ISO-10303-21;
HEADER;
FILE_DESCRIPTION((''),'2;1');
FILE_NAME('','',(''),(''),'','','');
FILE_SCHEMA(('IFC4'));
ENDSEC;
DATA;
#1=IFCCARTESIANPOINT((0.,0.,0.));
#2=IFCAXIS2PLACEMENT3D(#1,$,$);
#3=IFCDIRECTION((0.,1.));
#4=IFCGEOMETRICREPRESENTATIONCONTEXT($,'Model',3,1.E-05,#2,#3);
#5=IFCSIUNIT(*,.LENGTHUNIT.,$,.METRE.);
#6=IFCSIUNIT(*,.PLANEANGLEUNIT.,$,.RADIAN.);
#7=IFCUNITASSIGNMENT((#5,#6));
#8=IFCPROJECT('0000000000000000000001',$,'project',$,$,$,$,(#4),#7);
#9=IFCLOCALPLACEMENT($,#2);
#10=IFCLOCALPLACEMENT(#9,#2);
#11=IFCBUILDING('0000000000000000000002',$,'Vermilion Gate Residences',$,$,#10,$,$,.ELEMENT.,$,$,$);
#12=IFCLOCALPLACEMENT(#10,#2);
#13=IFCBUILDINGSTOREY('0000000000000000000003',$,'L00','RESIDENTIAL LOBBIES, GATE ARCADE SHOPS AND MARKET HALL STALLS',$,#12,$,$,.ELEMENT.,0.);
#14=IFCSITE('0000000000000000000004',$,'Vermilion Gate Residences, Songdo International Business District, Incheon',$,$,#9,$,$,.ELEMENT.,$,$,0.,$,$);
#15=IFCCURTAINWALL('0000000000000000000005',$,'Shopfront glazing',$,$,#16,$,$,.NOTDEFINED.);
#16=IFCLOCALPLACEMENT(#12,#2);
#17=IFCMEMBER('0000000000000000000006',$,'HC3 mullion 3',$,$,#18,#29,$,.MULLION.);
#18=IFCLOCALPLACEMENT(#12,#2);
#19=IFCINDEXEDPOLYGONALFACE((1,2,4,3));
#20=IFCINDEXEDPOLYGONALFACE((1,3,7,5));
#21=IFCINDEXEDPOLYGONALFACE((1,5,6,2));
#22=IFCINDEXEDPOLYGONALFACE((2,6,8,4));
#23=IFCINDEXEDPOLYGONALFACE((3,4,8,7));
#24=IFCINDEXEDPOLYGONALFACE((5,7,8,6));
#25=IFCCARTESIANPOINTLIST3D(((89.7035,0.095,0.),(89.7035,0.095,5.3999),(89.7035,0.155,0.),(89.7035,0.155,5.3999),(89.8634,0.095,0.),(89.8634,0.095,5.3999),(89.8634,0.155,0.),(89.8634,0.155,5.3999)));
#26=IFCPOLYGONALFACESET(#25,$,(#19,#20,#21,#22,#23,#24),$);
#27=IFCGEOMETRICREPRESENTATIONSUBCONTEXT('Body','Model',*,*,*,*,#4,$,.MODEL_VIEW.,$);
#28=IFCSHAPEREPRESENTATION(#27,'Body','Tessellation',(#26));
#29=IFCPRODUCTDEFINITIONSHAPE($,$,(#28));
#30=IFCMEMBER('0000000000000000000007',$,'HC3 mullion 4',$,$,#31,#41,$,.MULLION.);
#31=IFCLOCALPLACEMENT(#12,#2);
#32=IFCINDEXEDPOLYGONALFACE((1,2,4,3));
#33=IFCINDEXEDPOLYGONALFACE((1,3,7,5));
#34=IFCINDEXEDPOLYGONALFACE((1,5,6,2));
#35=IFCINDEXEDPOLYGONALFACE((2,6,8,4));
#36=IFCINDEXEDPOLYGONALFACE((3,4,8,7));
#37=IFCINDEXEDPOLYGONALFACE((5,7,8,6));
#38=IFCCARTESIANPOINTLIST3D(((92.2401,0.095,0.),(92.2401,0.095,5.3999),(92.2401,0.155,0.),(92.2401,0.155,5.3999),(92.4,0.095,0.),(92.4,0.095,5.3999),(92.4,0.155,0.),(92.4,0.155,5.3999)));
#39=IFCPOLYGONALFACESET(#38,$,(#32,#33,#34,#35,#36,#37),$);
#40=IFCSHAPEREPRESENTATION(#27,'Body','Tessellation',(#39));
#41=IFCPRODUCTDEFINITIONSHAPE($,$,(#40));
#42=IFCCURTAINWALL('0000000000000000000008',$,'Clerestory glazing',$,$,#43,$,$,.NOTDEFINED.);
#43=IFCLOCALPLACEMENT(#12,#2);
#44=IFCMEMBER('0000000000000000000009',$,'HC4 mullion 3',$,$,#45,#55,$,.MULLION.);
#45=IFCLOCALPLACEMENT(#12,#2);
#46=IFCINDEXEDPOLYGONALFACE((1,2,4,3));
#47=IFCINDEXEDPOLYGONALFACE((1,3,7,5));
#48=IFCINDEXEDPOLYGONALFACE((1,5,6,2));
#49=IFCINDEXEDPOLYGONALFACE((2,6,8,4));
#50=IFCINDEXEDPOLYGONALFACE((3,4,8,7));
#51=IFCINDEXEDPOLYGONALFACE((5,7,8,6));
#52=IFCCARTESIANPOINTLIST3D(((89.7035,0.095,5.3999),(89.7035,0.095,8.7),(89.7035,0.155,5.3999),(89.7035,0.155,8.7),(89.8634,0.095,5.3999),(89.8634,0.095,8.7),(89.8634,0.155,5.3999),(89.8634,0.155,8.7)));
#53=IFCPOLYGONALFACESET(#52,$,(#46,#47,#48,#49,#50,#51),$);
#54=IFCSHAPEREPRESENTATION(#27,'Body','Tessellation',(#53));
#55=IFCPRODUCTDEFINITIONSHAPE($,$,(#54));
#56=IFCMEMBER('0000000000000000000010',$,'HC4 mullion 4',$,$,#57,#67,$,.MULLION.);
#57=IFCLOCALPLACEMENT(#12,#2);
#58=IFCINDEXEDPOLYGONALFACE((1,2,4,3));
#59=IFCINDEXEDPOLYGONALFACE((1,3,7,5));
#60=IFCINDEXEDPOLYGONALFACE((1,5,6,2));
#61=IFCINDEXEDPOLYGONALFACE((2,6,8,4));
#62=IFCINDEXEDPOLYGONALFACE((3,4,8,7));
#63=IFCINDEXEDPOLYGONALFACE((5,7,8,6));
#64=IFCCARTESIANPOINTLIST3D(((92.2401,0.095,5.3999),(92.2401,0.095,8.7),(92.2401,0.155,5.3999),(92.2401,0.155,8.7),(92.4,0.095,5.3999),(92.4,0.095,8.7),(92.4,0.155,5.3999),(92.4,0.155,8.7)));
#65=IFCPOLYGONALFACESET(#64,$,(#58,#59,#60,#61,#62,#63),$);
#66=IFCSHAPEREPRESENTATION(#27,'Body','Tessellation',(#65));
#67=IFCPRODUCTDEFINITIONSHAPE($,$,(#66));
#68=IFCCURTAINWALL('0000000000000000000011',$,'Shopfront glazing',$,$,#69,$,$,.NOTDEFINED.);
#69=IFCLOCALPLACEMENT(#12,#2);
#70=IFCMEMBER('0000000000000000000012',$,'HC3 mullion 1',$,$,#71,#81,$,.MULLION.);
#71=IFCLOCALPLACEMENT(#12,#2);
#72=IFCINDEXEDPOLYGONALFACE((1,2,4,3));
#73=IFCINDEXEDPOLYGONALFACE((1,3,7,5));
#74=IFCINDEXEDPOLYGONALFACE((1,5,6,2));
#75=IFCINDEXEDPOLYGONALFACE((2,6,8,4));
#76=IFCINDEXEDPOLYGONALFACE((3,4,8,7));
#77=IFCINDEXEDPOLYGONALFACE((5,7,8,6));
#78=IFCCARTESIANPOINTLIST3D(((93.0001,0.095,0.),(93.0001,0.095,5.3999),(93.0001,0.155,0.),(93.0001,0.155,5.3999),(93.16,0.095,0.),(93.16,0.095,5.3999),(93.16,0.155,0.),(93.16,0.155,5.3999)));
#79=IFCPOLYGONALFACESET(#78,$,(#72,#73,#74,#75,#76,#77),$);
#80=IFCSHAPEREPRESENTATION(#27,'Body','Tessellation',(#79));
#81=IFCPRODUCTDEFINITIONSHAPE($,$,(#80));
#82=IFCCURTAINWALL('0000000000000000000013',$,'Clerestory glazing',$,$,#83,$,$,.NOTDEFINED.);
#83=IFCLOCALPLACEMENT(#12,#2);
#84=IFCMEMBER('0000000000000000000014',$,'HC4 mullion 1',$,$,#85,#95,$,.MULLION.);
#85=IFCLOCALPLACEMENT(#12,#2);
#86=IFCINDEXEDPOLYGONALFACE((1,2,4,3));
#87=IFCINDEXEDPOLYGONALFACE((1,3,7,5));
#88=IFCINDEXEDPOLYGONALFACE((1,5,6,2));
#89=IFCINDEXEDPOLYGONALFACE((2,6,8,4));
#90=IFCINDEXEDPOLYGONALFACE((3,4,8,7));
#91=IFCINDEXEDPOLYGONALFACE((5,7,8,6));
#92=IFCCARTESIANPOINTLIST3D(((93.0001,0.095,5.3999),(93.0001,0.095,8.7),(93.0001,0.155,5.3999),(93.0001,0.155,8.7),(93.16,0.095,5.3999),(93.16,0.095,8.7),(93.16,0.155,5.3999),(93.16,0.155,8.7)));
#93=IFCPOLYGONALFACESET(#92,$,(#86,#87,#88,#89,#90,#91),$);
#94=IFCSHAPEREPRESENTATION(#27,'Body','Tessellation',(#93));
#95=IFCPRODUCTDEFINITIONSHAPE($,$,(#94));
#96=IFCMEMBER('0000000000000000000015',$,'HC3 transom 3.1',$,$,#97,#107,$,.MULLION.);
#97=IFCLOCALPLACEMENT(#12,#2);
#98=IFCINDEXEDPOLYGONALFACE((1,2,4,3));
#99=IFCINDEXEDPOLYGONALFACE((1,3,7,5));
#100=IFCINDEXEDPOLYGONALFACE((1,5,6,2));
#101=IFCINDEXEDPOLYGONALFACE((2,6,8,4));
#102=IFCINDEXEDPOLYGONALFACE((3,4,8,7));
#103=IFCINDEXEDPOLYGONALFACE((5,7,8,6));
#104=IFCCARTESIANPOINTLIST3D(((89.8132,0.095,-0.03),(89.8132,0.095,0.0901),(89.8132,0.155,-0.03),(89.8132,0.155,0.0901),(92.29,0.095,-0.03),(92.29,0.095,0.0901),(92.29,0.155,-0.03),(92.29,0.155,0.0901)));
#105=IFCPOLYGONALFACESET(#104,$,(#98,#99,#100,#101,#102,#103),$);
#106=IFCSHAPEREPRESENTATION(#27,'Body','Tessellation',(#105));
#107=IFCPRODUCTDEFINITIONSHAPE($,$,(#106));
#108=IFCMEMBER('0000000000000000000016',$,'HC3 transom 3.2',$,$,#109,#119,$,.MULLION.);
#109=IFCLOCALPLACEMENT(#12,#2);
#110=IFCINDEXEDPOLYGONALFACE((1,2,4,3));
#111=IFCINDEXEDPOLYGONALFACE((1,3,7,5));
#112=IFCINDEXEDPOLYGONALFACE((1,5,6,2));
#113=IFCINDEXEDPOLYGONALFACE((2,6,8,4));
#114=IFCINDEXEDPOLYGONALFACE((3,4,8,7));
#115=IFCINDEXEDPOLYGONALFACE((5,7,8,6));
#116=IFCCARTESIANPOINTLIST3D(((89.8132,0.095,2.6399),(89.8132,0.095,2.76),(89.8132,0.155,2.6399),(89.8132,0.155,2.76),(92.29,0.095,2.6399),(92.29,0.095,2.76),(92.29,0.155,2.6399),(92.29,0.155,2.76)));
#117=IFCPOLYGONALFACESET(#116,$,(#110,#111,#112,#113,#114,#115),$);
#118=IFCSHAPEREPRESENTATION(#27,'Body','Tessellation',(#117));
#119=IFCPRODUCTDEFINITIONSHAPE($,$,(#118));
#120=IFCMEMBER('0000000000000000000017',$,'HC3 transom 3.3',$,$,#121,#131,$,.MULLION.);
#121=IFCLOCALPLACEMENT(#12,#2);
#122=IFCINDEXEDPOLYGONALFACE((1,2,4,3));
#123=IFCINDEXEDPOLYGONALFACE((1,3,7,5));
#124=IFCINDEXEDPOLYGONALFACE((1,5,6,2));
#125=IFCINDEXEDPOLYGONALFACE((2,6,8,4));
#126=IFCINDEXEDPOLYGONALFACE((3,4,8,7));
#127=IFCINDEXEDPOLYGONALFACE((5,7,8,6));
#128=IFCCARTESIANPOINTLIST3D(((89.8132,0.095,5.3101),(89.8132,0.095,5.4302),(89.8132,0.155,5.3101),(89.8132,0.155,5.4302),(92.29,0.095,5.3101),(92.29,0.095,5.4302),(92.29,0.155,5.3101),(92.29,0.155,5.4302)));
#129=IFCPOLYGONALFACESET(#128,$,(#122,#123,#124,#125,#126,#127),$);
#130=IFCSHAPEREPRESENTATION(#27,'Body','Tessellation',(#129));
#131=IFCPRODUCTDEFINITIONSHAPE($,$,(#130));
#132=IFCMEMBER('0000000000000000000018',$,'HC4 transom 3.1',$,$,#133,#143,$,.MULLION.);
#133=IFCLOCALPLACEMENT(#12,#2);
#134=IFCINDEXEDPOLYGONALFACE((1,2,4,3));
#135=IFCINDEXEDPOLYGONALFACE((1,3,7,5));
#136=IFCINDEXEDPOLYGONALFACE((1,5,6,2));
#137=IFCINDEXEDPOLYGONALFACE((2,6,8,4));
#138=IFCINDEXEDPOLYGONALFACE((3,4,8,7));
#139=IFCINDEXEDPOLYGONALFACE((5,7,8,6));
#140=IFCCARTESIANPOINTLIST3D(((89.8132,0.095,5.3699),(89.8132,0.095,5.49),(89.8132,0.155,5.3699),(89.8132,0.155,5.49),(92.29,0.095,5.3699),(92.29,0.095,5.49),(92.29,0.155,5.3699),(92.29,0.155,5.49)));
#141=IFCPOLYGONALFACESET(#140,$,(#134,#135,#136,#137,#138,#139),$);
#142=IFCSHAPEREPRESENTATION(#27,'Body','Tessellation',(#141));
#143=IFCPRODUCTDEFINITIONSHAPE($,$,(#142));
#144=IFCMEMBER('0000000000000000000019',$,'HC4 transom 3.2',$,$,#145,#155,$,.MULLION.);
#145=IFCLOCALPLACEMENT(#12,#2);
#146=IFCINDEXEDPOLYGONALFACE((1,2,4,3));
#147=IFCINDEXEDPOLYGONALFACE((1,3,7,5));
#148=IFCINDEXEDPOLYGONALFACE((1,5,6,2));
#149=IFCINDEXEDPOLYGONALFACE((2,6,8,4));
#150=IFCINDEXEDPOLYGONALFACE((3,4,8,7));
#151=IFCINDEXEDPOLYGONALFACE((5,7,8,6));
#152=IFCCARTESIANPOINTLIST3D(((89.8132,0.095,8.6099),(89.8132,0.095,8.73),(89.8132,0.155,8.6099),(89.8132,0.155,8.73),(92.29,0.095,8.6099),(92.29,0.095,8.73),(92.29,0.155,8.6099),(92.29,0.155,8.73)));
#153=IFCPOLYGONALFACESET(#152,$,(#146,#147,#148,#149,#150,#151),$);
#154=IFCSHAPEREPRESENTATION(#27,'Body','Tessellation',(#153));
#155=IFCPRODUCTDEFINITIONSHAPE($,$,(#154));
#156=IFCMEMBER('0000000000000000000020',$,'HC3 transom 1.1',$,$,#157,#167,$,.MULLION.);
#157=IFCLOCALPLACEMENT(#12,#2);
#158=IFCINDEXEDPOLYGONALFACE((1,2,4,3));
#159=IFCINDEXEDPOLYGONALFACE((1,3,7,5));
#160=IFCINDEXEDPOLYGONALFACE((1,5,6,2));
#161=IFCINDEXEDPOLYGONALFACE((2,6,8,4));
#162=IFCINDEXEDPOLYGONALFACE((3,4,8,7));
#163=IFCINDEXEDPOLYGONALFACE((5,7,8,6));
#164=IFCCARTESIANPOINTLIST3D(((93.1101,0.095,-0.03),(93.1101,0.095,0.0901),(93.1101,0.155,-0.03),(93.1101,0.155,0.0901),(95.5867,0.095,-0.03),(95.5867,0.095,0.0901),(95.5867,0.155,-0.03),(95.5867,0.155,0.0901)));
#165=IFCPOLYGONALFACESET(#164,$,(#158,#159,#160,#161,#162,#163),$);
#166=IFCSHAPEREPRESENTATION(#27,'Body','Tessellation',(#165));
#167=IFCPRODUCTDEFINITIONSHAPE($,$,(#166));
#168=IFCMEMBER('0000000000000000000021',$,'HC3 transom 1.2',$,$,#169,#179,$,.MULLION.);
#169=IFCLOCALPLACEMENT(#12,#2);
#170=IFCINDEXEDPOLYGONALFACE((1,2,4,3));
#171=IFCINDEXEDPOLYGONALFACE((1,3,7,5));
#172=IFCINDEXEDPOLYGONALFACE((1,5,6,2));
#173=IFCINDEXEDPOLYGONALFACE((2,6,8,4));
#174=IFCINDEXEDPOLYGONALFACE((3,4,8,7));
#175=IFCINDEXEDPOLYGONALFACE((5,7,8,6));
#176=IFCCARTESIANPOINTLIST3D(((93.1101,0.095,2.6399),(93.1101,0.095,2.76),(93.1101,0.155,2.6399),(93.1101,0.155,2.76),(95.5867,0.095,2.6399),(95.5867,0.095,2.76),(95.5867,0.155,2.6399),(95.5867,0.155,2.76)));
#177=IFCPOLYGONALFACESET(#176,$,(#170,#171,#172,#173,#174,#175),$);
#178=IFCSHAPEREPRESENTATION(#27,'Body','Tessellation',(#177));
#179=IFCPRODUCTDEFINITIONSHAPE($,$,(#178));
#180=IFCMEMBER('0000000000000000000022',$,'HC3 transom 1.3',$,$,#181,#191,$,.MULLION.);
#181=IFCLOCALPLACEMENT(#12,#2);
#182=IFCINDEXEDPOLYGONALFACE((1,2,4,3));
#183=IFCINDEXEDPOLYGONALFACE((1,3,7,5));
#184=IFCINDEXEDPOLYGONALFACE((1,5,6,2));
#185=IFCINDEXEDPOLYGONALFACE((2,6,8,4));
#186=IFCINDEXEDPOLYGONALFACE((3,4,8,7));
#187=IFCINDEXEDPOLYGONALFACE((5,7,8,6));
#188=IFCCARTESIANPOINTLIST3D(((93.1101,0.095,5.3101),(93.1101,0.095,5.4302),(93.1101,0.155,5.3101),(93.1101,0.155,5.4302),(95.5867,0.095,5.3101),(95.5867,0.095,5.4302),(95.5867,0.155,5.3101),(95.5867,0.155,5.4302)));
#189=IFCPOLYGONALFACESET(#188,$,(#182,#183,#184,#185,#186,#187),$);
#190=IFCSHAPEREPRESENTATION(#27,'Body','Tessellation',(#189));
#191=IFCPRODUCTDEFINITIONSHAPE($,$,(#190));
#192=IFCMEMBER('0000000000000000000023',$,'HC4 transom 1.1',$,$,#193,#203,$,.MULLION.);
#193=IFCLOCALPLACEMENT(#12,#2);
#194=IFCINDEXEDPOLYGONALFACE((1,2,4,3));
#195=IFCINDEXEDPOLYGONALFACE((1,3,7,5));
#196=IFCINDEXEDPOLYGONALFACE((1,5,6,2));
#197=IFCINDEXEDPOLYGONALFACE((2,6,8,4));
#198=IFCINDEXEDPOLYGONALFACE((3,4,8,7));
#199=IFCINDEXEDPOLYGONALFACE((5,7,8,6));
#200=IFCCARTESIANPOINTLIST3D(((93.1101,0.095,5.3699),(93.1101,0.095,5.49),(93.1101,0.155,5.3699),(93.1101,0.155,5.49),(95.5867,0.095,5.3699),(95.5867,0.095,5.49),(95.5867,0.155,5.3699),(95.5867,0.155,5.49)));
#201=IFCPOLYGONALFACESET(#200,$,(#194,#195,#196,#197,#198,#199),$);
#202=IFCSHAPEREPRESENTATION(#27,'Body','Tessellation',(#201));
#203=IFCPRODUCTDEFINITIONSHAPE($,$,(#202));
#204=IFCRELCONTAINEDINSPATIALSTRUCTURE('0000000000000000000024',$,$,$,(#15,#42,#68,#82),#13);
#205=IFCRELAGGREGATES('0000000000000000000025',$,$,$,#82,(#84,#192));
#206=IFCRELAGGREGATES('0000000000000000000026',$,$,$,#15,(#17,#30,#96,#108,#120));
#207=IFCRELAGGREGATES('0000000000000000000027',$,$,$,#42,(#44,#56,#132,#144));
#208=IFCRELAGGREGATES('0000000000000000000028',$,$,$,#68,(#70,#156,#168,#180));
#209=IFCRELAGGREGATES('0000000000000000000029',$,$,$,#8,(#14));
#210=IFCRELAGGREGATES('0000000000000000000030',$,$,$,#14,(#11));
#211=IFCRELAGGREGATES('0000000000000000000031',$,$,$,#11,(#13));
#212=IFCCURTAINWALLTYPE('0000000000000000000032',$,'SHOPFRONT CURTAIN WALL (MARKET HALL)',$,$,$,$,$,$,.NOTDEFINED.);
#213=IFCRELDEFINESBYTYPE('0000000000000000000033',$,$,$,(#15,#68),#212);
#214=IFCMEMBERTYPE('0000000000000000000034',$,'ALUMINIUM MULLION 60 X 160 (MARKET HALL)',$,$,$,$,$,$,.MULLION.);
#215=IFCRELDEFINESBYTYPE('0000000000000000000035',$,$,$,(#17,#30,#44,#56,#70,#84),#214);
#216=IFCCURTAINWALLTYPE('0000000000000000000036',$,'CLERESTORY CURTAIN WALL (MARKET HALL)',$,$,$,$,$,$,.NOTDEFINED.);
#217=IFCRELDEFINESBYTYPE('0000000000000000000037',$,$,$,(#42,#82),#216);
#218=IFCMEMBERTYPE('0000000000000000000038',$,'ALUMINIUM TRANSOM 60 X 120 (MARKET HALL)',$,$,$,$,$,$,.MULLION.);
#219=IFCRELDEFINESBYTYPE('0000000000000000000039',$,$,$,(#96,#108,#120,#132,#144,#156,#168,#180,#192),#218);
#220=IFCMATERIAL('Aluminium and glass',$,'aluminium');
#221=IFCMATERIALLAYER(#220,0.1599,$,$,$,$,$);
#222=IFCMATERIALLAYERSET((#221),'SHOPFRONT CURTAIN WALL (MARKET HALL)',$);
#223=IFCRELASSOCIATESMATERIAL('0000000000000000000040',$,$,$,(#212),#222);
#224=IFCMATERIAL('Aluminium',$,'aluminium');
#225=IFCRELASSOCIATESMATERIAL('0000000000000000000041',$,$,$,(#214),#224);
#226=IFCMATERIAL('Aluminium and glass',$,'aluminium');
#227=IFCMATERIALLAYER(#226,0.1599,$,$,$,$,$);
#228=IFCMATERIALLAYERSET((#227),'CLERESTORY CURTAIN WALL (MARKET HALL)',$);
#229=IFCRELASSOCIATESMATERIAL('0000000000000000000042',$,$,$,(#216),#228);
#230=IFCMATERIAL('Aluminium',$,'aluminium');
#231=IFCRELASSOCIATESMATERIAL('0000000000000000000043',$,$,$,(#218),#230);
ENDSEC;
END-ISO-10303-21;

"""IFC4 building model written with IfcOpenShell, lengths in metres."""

from ifc_helpers import new_model, si_unit, direction, frame, origin, origin_2d, place, context, subcontext, project, spatial, rectangle, extrude, material, layer, layer_set, material_profile, profile_set, type_object, element, aggregate, save


model = new_model("IFC4")

# Units and contexts
model_context = context("Model", 3, precision=1e-05, world=origin(), true_north=direction((0.0, 1.0)))
body_context = subcontext(model_context, "Body", "Model", "MODEL_VIEW")
ifc_project = project(units=[si_unit("LENGTHUNIT", "METRE"), si_unit("PLANEANGLEUNIT", "RADIAN")], contexts=[model_context])

# Site, building, storey
site_placement = place(None, origin())
site = spatial("IfcSite", under=ifc_project, at=site_placement, Name="Vermilion Gate Residences, Songdo International Business District, Incheon", CompositionType="ELEMENT", RefElevation=0.0)
building_placement = place(site_placement, origin())
building = spatial("IfcBuilding", under=site, at=building_placement, Name="Vermilion Gate Residences", CompositionType="ELEMENT")
storey_placement = place(building_placement, origin())
storey = spatial("IfcBuildingStorey", under=building, at=storey_placement, Name="L00", Description="RESIDENTIAL LOBBIES, GATE ARCADE SHOPS AND MARKET HALL STALLS", CompositionType="ELEMENT", Elevation=0.0)

# Curtain walls, members
ifc_material_1 = material(Name="Aluminium and glass", Category="aluminium")
ifc_layer_1 = layer(ifc_material_1, 0.1599)
ifc_layer_set_1 = layer_set([ifc_layer_1], Name="SHOPFRONT CURTAIN WALL (MARKET HALL)")
curtain_wall_type_1 = type_object("IfcCurtainWallType", Name="SHOPFRONT CURTAIN WALL (MARKET HALL)", PredefinedType="NOTDEFINED", material=ifc_layer_set_1)
curtain_wall_1_placement = place(storey_placement, origin())
curtain_wall_1 = element("IfcCurtainWall", 1, at=curtain_wall_1_placement, inside=storey, type_object=curtain_wall_type_1, Name="Shopfront glazing", PredefinedType="NOTDEFINED")
ifc_material_2 = material(Name="Aluminium", Category="aluminium")
ifc_material_profile_1 = material_profile(ifc_material_2, rectangle(XDim=0.0601, YDim=0.1599, at=origin_2d()), Name="ALUMINIUM MULLION 60 X 160 (MARKET HALL)")
ifc_profile_set_1 = profile_set([ifc_material_profile_1], Name="Aluminium")
member_type_1 = type_object("IfcMemberType", Name="ALUMINIUM MULLION 60 X 160 (MARKET HALL)", PredefinedType="MULLION", material=ifc_profile_set_1)
member_1_placement = place(storey_placement, frame((89.7834, 0.125, 0.0), z_axis=(0.0, 0.0, 1.0), x_axis=(0.0, 1.0, 0.0)))
member_1 = element("IfcMember", 2, at=member_1_placement, type_object=member_type_1, Name="HC3 mullion 3", PredefinedType="MULLION", context=body_context, shape_type="SweptSolid", body=[
    extrude(rectangle(XDim=0.0601, YDim=0.1599, at=origin_2d()), origin(), (0.0, 0.0, 1.0), 5.3999),
])
member_2_placement = place(storey_placement, frame((92.3201, 0.125, 0.0), z_axis=(0.0, 0.0, 1.0), x_axis=(0.0, 1.0, 0.0)))
member_2 = element("IfcMember", 3, at=member_2_placement, type_object=member_type_1, Name="HC3 mullion 4", PredefinedType="MULLION", context=body_context, shape_type="SweptSolid", body=[
    extrude(rectangle(XDim=0.0601, YDim=0.1599, at=origin_2d()), origin(), (0.0, 0.0, 1.0), 5.3999),
])
ifc_material_3 = material(Name="Aluminium and glass", Category="aluminium")
ifc_layer_2 = layer(ifc_material_3, 0.1599)
ifc_layer_set_2 = layer_set([ifc_layer_2], Name="CLERESTORY CURTAIN WALL (MARKET HALL)")
curtain_wall_type_2 = type_object("IfcCurtainWallType", Name="CLERESTORY CURTAIN WALL (MARKET HALL)", PredefinedType="NOTDEFINED", material=ifc_layer_set_2)
curtain_wall_2_placement = place(storey_placement, origin())
curtain_wall_2 = element("IfcCurtainWall", 4, at=curtain_wall_2_placement, inside=storey, type_object=curtain_wall_type_2, Name="Clerestory glazing", PredefinedType="NOTDEFINED")
member_3_placement = place(storey_placement, frame((89.7834, 0.125, 5.3999), z_axis=(0.0, 0.0, 1.0), x_axis=(0.0, 1.0, 0.0)))
member_3 = element("IfcMember", 5, at=member_3_placement, type_object=member_type_1, Name="HC4 mullion 3", PredefinedType="MULLION", context=body_context, shape_type="SweptSolid", body=[
    extrude(rectangle(XDim=0.0601, YDim=0.1599, at=origin_2d()), origin(), (0.0, 0.0, 1.0), 3.3),
])
member_4_placement = place(storey_placement, frame((92.3201, 0.125, 5.3999), z_axis=(0.0, 0.0, 1.0), x_axis=(0.0, 1.0, 0.0)))
member_4 = element("IfcMember", 6, at=member_4_placement, type_object=member_type_1, Name="HC4 mullion 4", PredefinedType="MULLION", context=body_context, shape_type="SweptSolid", body=[
    extrude(rectangle(XDim=0.0601, YDim=0.1599, at=origin_2d()), origin(), (0.0, 0.0, 1.0), 3.3),
])

# Curtain walls, members
curtain_wall_3_placement = place(storey_placement, origin())
curtain_wall_3 = element("IfcCurtainWall", 7, at=curtain_wall_3_placement, inside=storey, type_object=curtain_wall_type_1, Name="Shopfront glazing", PredefinedType="NOTDEFINED")
member_5_placement = place(storey_placement, frame((93.0801, 0.125, 0.0), z_axis=(0.0, 0.0, 1.0), x_axis=(0.0, 1.0, 0.0)))
member_5 = element("IfcMember", 8, at=member_5_placement, type_object=member_type_1, Name="HC3 mullion 1", PredefinedType="MULLION", context=body_context, shape_type="SweptSolid", body=[
    extrude(rectangle(XDim=0.0601, YDim=0.1599, at=origin_2d()), origin(), (0.0, 0.0, 1.0), 5.3999),
])
curtain_wall_4_placement = place(storey_placement, origin())
curtain_wall_4 = element("IfcCurtainWall", 9, at=curtain_wall_4_placement, inside=storey, type_object=curtain_wall_type_2, Name="Clerestory glazing", PredefinedType="NOTDEFINED")
member_6_placement = place(storey_placement, frame((93.0801, 0.125, 5.3999), z_axis=(0.0, 0.0, 1.0), x_axis=(0.0, 1.0, 0.0)))
member_6 = element("IfcMember", 10, at=member_6_placement, type_object=member_type_1, Name="HC4 mullion 1", PredefinedType="MULLION", context=body_context, shape_type="SweptSolid", body=[
    extrude(rectangle(XDim=0.0601, YDim=0.1599, at=origin_2d()), origin(), (0.0, 0.0, 1.0), 3.3),
])

# Members
ifc_material_4 = material(Name="Aluminium", Category="aluminium")
ifc_material_profile_2 = material_profile(ifc_material_4, rectangle(XDim=0.0601, YDim=0.1201, at=origin_2d()), Name="ALUMINIUM TRANSOM 60 X 120 (MARKET HALL)")
ifc_profile_set_2 = profile_set([ifc_material_profile_2], Name="Aluminium")
member_type_2 = type_object("IfcMemberType", Name="ALUMINIUM TRANSOM 60 X 120 (MARKET HALL)", PredefinedType="MULLION", material=ifc_profile_set_2)
member_7_placement = place(storey_placement, frame((89.8132, 0.125, 0.03), z_axis=(1.0, 0.0, 0.0), x_axis=(0.0, 1.0, 0.0)))
member_7 = element("IfcMember", 11, at=member_7_placement, type_object=member_type_2, Name="HC3 transom 3.1", PredefinedType="MULLION", context=body_context, shape_type="SweptSolid", body=[
    extrude(rectangle(XDim=0.0601, YDim=0.1201, at=origin_2d()), origin(), (0.0, 0.0, 1.0), 2.4768),
])
member_8_placement = place(storey_placement, frame((89.8132, 0.125, 2.7), z_axis=(1.0, 0.0, 0.0), x_axis=(0.0, 1.0, 0.0)))
member_8 = element("IfcMember", 12, at=member_8_placement, type_object=member_type_2, Name="HC3 transom 3.2", PredefinedType="MULLION", context=body_context, shape_type="SweptSolid", body=[
    extrude(rectangle(XDim=0.0601, YDim=0.1201, at=origin_2d()), origin(), (0.0, 0.0, 1.0), 2.4768),
])
member_9_placement = place(storey_placement, frame((89.8132, 0.125, 5.3701), z_axis=(1.0, 0.0, 0.0), x_axis=(0.0, 1.0, 0.0)))
member_9 = element("IfcMember", 13, at=member_9_placement, type_object=member_type_2, Name="HC3 transom 3.3", PredefinedType="MULLION", context=body_context, shape_type="SweptSolid", body=[
    extrude(rectangle(XDim=0.0601, YDim=0.1201, at=origin_2d()), origin(), (0.0, 0.0, 1.0), 2.4768),
])
member_10_placement = place(storey_placement, frame((89.8132, 0.125, 5.4299), z_axis=(1.0, 0.0, 0.0), x_axis=(0.0, 1.0, 0.0)))
member_10 = element("IfcMember", 14, at=member_10_placement, type_object=member_type_2, Name="HC4 transom 3.1", PredefinedType="MULLION", context=body_context, shape_type="SweptSolid", body=[
    extrude(rectangle(XDim=0.0601, YDim=0.1201, at=origin_2d()), origin(), (0.0, 0.0, 1.0), 2.4768),
])
member_11_placement = place(storey_placement, frame((89.8132, 0.125, 8.6699), z_axis=(1.0, 0.0, 0.0), x_axis=(0.0, 1.0, 0.0)))
member_11 = element("IfcMember", 15, at=member_11_placement, type_object=member_type_2, Name="HC4 transom 3.2", PredefinedType="MULLION", context=body_context, shape_type="SweptSolid", body=[
    extrude(rectangle(XDim=0.0601, YDim=0.1201, at=origin_2d()), origin(), (0.0, 0.0, 1.0), 2.4768),
])
member_12_placement = place(storey_placement, frame((93.1101, 0.125, 0.03), z_axis=(1.0, 0.0, 0.0), x_axis=(0.0, 1.0, 0.0)))
member_12 = element("IfcMember", 16, at=member_12_placement, type_object=member_type_2, Name="HC3 transom 1.1", PredefinedType="MULLION", context=body_context, shape_type="SweptSolid", body=[
    extrude(rectangle(XDim=0.0601, YDim=0.1201, at=origin_2d()), origin(), (0.0, 0.0, 1.0), 2.4766),
])
member_13_placement = place(storey_placement, frame((93.1101, 0.125, 2.7), z_axis=(1.0, 0.0, 0.0), x_axis=(0.0, 1.0, 0.0)))
member_13 = element("IfcMember", 17, at=member_13_placement, type_object=member_type_2, Name="HC3 transom 1.2", PredefinedType="MULLION", context=body_context, shape_type="SweptSolid", body=[
    extrude(rectangle(XDim=0.0601, YDim=0.1201, at=origin_2d()), origin(), (0.0, 0.0, 1.0), 2.4766),
])
member_14_placement = place(storey_placement, frame((93.1101, 0.125, 5.3701), z_axis=(1.0, 0.0, 0.0), x_axis=(0.0, 1.0, 0.0)))
member_14 = element("IfcMember", 18, at=member_14_placement, type_object=member_type_2, Name="HC3 transom 1.3", PredefinedType="MULLION", context=body_context, shape_type="SweptSolid", body=[
    extrude(rectangle(XDim=0.0601, YDim=0.1201, at=origin_2d()), origin(), (0.0, 0.0, 1.0), 2.4766),
])
member_15_placement = place(storey_placement, frame((93.1101, 0.125, 5.4299), z_axis=(1.0, 0.0, 0.0), x_axis=(0.0, 1.0, 0.0)))
member_15 = element("IfcMember", 19, at=member_15_placement, type_object=member_type_2, Name="HC4 transom 1.1", PredefinedType="MULLION", context=body_context, shape_type="SweptSolid", body=[
    extrude(rectangle(XDim=0.0601, YDim=0.1201, at=origin_2d()), origin(), (0.0, 0.0, 1.0), 2.4766),
])
aggregate(curtain_wall_4, [member_6, member_15])

aggregate(curtain_wall_1, [member_1, member_2, member_7, member_8, member_9])
aggregate(curtain_wall_2, [member_3, member_4, member_10, member_11])
aggregate(curtain_wall_3, [member_5, member_12, member_13, member_14])

save(model, "model.ifc")
